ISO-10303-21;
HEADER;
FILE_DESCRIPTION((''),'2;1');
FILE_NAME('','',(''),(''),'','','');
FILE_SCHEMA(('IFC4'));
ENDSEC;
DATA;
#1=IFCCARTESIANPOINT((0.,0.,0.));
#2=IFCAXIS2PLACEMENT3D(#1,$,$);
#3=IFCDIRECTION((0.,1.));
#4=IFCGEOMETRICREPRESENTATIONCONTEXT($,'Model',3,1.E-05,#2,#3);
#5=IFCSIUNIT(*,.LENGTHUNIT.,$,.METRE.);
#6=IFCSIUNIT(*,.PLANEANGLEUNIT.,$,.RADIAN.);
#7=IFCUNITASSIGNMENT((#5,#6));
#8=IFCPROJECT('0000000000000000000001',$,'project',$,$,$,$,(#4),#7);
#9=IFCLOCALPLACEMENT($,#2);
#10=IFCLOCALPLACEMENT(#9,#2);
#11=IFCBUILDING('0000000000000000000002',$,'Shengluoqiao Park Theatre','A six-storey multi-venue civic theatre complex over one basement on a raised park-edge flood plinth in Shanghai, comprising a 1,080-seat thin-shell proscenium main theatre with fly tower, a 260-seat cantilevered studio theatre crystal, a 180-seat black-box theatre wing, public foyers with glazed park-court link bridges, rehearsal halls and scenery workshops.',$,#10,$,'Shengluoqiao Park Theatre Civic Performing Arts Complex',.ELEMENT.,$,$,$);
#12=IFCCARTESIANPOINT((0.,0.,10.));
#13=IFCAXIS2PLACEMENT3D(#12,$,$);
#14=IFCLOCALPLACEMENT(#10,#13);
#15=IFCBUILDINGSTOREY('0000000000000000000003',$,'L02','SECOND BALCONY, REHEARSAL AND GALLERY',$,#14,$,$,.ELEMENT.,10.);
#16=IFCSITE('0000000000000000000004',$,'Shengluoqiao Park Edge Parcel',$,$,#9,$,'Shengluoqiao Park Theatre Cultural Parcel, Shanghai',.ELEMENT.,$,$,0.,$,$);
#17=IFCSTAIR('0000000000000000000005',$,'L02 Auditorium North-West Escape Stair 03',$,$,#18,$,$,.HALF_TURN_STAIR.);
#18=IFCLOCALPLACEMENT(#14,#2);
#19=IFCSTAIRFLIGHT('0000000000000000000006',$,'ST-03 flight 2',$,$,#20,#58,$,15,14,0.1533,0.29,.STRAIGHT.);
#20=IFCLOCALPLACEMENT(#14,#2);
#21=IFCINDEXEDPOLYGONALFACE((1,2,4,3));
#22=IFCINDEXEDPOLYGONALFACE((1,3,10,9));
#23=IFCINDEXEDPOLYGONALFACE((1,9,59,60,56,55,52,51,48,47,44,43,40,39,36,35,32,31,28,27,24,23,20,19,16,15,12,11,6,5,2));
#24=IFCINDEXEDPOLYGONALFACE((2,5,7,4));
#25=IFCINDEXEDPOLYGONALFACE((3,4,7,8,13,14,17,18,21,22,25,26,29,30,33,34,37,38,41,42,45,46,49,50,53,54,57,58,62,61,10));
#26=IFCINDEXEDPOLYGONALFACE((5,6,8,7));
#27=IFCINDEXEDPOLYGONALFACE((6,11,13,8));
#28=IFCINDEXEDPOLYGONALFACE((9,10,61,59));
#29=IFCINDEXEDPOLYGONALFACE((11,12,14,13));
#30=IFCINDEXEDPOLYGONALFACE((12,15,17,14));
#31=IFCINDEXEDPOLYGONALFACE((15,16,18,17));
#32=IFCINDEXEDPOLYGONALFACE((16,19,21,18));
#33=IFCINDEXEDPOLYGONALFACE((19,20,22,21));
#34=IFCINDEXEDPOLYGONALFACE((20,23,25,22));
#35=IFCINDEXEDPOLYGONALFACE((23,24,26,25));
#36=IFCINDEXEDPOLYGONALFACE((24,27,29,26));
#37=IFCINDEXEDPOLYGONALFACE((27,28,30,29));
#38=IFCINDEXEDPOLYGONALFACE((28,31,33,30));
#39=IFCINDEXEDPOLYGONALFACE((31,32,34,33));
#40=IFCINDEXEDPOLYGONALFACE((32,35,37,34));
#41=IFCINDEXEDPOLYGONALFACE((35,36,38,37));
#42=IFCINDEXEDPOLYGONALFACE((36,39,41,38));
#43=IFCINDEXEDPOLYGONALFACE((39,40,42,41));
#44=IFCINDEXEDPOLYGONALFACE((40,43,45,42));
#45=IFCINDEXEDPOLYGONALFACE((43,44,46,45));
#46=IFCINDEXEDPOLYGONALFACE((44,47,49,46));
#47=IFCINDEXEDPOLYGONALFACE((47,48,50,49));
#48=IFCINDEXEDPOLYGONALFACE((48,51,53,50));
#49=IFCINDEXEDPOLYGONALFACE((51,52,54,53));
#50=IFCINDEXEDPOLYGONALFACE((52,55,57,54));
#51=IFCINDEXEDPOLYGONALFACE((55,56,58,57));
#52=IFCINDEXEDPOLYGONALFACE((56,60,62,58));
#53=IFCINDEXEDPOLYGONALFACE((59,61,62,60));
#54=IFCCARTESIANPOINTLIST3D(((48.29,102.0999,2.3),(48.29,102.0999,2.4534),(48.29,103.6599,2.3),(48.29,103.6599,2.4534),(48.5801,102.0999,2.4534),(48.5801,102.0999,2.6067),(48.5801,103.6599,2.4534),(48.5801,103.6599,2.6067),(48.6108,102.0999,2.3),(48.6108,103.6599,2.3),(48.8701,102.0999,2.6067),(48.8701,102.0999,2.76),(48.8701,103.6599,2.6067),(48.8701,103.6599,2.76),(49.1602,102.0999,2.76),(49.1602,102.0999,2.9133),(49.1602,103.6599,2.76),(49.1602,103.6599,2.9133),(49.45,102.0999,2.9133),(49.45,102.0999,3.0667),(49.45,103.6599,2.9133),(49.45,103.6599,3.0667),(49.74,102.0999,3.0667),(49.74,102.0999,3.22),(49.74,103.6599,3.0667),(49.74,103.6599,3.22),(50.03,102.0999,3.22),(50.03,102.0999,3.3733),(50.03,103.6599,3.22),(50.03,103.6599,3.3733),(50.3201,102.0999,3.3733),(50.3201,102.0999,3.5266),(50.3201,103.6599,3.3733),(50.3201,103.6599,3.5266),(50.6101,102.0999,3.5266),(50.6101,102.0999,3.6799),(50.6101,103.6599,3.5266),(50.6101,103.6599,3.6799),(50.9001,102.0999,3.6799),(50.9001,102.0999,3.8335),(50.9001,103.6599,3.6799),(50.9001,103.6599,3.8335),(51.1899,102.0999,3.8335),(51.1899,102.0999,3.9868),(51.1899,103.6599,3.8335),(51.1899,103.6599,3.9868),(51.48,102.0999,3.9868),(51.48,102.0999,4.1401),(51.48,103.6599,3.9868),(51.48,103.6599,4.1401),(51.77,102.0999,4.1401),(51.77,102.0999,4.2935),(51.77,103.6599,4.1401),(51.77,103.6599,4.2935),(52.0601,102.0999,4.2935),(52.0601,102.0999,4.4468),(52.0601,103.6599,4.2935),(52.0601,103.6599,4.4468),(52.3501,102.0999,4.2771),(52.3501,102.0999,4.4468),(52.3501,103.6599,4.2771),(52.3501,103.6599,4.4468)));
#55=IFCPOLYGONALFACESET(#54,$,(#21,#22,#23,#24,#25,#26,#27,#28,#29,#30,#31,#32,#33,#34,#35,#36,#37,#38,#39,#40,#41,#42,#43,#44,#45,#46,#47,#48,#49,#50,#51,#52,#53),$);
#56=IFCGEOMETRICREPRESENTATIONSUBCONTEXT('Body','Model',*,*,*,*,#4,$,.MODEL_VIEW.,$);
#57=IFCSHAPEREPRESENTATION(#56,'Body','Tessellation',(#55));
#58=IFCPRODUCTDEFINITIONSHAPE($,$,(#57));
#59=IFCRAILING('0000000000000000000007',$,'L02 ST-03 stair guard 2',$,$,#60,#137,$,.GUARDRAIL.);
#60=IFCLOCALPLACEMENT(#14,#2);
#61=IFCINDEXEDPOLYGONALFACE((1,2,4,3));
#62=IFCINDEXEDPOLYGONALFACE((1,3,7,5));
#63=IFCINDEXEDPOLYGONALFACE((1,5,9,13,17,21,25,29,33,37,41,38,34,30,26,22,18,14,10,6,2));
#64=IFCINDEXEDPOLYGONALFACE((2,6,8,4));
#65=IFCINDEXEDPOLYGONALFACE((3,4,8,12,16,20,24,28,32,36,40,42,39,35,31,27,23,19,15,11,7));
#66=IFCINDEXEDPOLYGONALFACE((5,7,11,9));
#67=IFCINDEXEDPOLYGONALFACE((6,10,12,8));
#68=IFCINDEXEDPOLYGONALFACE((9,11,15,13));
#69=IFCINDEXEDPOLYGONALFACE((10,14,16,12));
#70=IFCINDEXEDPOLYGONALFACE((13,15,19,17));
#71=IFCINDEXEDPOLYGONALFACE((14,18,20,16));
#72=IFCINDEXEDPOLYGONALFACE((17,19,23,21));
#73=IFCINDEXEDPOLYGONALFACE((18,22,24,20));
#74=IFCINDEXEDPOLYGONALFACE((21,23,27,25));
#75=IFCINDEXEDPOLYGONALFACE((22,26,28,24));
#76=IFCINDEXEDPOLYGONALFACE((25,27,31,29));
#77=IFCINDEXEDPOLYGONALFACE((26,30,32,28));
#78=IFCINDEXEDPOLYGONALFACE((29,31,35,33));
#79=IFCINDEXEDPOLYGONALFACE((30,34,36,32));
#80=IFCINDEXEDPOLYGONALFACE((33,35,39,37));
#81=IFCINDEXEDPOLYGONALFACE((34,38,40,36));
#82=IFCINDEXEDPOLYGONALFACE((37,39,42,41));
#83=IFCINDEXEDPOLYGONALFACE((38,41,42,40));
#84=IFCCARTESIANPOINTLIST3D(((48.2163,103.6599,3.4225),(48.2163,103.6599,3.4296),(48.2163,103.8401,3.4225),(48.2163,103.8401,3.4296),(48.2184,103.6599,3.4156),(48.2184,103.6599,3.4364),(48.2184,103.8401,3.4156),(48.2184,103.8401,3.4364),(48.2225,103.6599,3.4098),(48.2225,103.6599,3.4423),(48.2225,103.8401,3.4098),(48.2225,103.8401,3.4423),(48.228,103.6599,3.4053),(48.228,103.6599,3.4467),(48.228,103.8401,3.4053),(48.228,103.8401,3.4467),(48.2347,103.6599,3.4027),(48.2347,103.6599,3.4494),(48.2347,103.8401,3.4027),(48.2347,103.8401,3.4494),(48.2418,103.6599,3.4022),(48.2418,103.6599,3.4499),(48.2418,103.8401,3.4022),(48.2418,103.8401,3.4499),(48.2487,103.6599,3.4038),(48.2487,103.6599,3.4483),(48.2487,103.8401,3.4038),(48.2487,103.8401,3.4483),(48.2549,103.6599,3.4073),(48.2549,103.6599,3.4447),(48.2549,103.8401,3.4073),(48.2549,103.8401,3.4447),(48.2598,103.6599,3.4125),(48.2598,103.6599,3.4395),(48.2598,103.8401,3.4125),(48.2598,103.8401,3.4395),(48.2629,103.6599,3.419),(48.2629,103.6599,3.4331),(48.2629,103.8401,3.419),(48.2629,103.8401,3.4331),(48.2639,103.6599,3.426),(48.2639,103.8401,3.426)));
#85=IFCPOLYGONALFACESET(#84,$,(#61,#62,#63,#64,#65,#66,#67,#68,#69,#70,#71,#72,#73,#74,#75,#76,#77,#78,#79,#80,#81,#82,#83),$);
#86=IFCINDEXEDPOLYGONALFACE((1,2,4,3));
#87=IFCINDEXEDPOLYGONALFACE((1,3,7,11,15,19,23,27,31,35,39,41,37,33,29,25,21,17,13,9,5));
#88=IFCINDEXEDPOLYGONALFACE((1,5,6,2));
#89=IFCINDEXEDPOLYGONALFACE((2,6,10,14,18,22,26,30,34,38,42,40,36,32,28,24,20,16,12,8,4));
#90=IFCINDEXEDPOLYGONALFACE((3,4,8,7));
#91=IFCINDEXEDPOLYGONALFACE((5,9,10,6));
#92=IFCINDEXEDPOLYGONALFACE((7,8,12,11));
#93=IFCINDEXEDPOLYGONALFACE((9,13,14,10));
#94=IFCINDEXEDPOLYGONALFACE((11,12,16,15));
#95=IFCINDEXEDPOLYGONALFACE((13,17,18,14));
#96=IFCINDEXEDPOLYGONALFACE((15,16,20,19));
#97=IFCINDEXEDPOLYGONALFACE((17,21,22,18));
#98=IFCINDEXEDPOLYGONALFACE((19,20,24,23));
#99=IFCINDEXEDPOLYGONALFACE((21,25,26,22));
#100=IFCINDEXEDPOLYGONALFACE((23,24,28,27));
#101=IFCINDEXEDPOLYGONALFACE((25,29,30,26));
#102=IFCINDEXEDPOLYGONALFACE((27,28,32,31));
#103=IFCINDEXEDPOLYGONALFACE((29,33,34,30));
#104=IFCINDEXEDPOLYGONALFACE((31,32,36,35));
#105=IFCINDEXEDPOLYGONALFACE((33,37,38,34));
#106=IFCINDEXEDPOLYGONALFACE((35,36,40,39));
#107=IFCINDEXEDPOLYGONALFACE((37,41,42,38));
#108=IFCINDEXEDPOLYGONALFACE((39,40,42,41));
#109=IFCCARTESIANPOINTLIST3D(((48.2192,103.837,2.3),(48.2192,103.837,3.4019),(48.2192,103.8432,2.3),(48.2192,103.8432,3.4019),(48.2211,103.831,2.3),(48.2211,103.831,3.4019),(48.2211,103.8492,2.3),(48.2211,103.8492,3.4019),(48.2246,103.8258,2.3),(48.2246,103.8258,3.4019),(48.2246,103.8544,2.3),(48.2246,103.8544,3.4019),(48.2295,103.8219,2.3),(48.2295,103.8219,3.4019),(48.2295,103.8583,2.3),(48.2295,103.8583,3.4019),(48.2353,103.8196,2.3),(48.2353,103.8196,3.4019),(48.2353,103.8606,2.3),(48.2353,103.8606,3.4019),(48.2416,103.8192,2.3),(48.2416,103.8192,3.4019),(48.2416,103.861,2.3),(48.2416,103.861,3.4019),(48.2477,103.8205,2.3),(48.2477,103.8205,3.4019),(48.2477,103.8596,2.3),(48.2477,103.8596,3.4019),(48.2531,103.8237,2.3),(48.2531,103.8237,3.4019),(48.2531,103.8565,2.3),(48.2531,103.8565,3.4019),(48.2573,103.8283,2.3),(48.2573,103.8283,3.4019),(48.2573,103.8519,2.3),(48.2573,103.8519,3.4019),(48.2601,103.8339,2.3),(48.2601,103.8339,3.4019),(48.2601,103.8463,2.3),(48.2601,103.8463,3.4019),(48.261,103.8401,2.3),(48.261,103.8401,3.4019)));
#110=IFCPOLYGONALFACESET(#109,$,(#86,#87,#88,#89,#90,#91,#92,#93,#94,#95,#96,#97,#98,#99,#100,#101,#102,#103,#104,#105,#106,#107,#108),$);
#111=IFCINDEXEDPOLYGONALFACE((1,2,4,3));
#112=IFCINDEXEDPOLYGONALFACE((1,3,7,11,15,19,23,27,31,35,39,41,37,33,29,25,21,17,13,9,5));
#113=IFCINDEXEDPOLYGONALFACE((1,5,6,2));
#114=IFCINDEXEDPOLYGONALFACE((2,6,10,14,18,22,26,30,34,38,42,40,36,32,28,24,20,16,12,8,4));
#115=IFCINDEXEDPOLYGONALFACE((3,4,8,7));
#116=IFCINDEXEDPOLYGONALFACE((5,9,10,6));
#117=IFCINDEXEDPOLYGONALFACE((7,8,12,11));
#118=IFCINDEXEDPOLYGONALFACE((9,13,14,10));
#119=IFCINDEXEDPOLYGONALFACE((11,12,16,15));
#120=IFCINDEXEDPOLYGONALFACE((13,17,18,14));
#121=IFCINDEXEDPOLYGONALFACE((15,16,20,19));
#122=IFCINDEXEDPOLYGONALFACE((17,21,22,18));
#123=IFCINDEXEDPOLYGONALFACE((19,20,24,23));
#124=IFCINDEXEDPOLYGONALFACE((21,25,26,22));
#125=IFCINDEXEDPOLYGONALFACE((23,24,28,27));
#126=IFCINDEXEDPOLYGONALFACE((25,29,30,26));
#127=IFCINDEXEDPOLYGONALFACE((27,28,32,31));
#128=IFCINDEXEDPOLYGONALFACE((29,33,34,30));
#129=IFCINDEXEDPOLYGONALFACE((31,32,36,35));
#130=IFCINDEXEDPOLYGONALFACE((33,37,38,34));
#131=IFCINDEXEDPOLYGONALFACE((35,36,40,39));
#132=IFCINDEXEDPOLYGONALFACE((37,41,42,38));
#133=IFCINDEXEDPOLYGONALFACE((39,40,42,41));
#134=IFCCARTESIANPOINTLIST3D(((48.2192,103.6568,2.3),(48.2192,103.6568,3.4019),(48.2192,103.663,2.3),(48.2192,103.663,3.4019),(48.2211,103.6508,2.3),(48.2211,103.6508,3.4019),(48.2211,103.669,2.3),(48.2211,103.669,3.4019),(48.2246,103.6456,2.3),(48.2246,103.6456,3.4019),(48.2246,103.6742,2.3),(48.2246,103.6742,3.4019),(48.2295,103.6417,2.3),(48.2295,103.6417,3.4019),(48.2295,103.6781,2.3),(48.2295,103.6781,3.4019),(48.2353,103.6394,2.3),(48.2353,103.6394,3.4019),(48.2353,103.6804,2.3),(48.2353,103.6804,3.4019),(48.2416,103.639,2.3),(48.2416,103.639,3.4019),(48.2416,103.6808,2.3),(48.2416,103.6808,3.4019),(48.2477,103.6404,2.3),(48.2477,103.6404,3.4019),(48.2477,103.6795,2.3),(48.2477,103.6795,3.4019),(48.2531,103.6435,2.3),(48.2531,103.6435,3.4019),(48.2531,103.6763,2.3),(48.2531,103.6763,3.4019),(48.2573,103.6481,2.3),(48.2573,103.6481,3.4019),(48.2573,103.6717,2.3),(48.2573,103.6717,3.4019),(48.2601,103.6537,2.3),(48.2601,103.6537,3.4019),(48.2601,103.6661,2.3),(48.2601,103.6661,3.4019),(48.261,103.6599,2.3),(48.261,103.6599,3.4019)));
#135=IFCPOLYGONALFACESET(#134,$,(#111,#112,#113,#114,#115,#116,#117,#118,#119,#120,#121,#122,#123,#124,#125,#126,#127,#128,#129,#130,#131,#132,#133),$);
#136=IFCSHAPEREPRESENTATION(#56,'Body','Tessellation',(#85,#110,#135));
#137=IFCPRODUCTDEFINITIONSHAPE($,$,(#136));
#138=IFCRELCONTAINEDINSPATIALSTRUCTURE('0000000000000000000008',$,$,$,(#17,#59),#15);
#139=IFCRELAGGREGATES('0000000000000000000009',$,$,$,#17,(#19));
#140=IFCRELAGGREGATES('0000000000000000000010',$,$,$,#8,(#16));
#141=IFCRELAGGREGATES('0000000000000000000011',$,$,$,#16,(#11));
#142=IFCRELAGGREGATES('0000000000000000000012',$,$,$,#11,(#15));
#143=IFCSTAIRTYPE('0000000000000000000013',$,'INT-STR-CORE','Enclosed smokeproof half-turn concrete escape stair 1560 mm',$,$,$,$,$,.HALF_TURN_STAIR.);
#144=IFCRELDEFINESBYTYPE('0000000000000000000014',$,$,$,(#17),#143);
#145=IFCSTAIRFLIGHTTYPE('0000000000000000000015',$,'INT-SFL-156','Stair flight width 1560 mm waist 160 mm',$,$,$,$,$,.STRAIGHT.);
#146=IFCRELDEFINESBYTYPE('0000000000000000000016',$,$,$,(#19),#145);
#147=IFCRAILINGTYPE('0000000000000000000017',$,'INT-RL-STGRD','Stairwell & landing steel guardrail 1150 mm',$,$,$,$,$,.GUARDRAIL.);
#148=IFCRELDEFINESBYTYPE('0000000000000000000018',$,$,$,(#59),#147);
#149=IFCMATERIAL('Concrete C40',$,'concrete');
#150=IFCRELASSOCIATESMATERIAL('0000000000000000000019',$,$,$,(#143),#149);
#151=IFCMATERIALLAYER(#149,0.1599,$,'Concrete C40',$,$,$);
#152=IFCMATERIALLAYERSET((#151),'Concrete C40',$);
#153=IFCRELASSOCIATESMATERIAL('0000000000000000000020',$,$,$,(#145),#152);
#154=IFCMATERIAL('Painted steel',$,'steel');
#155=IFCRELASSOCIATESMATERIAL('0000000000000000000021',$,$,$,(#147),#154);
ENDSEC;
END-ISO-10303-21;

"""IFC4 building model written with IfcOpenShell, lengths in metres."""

from ifc_helpers import new_model, si_unit, direction, frame, origin, origin_2d, place, context, subcontext, project, spatial, polyline, circle, outline, extrude, material, layer, layer_set, type_object, element, aggregate, save


model = new_model("IFC4")

# Units and contexts
model_context = context("Model", 3, precision=1e-05, world=origin(), true_north=direction((0.0, 1.0)))
body_context = subcontext(model_context, "Body", "Model", "MODEL_VIEW")
ifc_project = project(units=[si_unit("LENGTHUNIT", "METRE"), si_unit("PLANEANGLEUNIT", "RADIAN")], contexts=[model_context])

# Site, building, storey
site_placement = place(None, origin())
site = spatial("IfcSite", under=ifc_project, at=site_placement, Name="Shengluoqiao Park Edge Parcel", LongName="Shengluoqiao Park Theatre Cultural Parcel, Shanghai", CompositionType="ELEMENT", RefElevation=0.0)
building_placement = place(site_placement, origin())
building = spatial("IfcBuilding", under=site, at=building_placement, Name="Shengluoqiao Park Theatre", Description="A six-storey multi-venue civic theatre complex over one basement on a raised park-edge flood plinth in Shanghai, comprising a 1,080-seat thin-shell proscenium main theatre with fly tower, a 260-seat cantilevered studio theatre crystal, a 180-seat black-box theatre wing, public foyers with glazed park-court link bridges, rehearsal halls and scenery workshops.", LongName="Shengluoqiao Park Theatre Civic Performing Arts Complex", CompositionType="ELEMENT")
storey_placement = place(building_placement, frame((0.0, 0.0, 10.0)))
storey = spatial("IfcBuildingStorey", under=building, at=storey_placement, Name="L02", Description="SECOND BALCONY, REHEARSAL AND GALLERY", CompositionType="ELEMENT", Elevation=10.0)

# Shared definitions
ifc_material_1 = material(Name="Concrete C40", Category="concrete")

# Stair, stair flight
stair_type = type_object("IfcStairType", Name="INT-STR-CORE", Description="Enclosed smokeproof half-turn concrete escape stair 1560 mm", PredefinedType="HALF_TURN_STAIR", material=ifc_material_1)
stair_placement = place(storey_placement, origin())
stair = element("IfcStair", 1, at=stair_placement, inside=storey, type_object=stair_type, Name="L02 Auditorium North-West Escape Stair 03", PredefinedType="HALF_TURN_STAIR")
ifc_layer_1 = layer(ifc_material_1, 0.1599, Name="Concrete C40")
ifc_layer_set_1 = layer_set([ifc_layer_1], Name="Concrete C40")
stair_flight_type = type_object("IfcStairFlightType", Name="INT-SFL-156", Description="Stair flight width 1560 mm waist 160 mm", PredefinedType="STRAIGHT", material=ifc_layer_set_1)
stair_flight_placement = place(storey_placement, frame((48.29, 102.8799, 2.3), z_axis=(0.0, 0.0, 1.0), x_axis=(1.0, 0.0, 0.0)))
stair_flight = element("IfcStairFlight", 2, at=stair_flight_placement, type_object=stair_flight_type, Name="ST-03 flight 2", NumberOfRisers=15, NumberOfTreads=14, PredefinedType="STRAIGHT", RiserHeight=0.1533, TreadLength=0.29, context=body_context, shape_type="SweptSolid", body=[
    extrude(outline(polyline([(0.0, 0.0), (0.0, 0.1533), (0.29, 0.1533), (0.29, 0.3066), (0.5801, 0.3066), (0.5801, 0.46), (0.8701, 0.46), (0.8701, 0.6133), (1.1599, 0.6133), (1.1599, 0.7666), (1.45, 0.7666), (1.45, 0.9199), (1.74, 0.9199), (1.74, 1.0732), (2.03, 1.0732), (2.03, 1.2266), (2.3201, 1.2266), (2.3201, 1.3799), (2.6101, 1.3799), (2.6101, 1.5334), (2.8999, 1.5334), (2.8999, 1.6868), (3.1899, 1.6868), (3.1899, 1.8401), (3.48, 1.8401), (3.48, 1.9934), (3.77, 1.9934), (3.77, 2.1467), (4.0601, 2.1467), (4.0601, 2.3), (4.0601, 1.9771), (0.3208, 0.0), (0.0, 0.0)])), frame((0.0, 0.78, 0.0), z_axis=(0.0, -1.0, 0.0), x_axis=(1.0, 0.0, 0.0)), (0.0, 0.0, 1.0), 1.5601),
])
aggregate(stair, [stair_flight])

# Railing
ifc_material_2 = material(Name="Painted steel", Category="steel")
railing_type_1 = type_object("IfcRailingType", Name="INT-RL-STGRD", Description="Stairwell & landing steel guardrail 1150 mm", PredefinedType="GUARDRAIL", material=ifc_material_2)
railing_1_placement = place(storey_placement, frame((48.24, 103.8401, 2.3)))
element("IfcRailing", 3, at=railing_1_placement, inside=storey, type_object=railing_type_1, Name="L02 ST-03 stair guard 2", PredefinedType="GUARDRAIL", context=body_context, shape_type="SweptSolid", body=[
    extrude(circle(Radius=0.0239, at=origin_2d()), frame((0.0, 0.0, 1.126), z_axis=(0.0, -1.0, 0.0), x_axis=(1.0, 0.0, 0.0)), (0.0, 0.0, 1.0), 0.1802),
    extrude(circle(Radius=0.021, at=origin_2d()), origin(), (0.0, 0.0, 1.0), 1.1018),
    extrude(circle(Radius=0.021, at=origin_2d()), frame((0.0, -0.1802, 0.0)), (0.0, 0.0, 1.0), 1.1018),
])

save(model, "model.ifc")
